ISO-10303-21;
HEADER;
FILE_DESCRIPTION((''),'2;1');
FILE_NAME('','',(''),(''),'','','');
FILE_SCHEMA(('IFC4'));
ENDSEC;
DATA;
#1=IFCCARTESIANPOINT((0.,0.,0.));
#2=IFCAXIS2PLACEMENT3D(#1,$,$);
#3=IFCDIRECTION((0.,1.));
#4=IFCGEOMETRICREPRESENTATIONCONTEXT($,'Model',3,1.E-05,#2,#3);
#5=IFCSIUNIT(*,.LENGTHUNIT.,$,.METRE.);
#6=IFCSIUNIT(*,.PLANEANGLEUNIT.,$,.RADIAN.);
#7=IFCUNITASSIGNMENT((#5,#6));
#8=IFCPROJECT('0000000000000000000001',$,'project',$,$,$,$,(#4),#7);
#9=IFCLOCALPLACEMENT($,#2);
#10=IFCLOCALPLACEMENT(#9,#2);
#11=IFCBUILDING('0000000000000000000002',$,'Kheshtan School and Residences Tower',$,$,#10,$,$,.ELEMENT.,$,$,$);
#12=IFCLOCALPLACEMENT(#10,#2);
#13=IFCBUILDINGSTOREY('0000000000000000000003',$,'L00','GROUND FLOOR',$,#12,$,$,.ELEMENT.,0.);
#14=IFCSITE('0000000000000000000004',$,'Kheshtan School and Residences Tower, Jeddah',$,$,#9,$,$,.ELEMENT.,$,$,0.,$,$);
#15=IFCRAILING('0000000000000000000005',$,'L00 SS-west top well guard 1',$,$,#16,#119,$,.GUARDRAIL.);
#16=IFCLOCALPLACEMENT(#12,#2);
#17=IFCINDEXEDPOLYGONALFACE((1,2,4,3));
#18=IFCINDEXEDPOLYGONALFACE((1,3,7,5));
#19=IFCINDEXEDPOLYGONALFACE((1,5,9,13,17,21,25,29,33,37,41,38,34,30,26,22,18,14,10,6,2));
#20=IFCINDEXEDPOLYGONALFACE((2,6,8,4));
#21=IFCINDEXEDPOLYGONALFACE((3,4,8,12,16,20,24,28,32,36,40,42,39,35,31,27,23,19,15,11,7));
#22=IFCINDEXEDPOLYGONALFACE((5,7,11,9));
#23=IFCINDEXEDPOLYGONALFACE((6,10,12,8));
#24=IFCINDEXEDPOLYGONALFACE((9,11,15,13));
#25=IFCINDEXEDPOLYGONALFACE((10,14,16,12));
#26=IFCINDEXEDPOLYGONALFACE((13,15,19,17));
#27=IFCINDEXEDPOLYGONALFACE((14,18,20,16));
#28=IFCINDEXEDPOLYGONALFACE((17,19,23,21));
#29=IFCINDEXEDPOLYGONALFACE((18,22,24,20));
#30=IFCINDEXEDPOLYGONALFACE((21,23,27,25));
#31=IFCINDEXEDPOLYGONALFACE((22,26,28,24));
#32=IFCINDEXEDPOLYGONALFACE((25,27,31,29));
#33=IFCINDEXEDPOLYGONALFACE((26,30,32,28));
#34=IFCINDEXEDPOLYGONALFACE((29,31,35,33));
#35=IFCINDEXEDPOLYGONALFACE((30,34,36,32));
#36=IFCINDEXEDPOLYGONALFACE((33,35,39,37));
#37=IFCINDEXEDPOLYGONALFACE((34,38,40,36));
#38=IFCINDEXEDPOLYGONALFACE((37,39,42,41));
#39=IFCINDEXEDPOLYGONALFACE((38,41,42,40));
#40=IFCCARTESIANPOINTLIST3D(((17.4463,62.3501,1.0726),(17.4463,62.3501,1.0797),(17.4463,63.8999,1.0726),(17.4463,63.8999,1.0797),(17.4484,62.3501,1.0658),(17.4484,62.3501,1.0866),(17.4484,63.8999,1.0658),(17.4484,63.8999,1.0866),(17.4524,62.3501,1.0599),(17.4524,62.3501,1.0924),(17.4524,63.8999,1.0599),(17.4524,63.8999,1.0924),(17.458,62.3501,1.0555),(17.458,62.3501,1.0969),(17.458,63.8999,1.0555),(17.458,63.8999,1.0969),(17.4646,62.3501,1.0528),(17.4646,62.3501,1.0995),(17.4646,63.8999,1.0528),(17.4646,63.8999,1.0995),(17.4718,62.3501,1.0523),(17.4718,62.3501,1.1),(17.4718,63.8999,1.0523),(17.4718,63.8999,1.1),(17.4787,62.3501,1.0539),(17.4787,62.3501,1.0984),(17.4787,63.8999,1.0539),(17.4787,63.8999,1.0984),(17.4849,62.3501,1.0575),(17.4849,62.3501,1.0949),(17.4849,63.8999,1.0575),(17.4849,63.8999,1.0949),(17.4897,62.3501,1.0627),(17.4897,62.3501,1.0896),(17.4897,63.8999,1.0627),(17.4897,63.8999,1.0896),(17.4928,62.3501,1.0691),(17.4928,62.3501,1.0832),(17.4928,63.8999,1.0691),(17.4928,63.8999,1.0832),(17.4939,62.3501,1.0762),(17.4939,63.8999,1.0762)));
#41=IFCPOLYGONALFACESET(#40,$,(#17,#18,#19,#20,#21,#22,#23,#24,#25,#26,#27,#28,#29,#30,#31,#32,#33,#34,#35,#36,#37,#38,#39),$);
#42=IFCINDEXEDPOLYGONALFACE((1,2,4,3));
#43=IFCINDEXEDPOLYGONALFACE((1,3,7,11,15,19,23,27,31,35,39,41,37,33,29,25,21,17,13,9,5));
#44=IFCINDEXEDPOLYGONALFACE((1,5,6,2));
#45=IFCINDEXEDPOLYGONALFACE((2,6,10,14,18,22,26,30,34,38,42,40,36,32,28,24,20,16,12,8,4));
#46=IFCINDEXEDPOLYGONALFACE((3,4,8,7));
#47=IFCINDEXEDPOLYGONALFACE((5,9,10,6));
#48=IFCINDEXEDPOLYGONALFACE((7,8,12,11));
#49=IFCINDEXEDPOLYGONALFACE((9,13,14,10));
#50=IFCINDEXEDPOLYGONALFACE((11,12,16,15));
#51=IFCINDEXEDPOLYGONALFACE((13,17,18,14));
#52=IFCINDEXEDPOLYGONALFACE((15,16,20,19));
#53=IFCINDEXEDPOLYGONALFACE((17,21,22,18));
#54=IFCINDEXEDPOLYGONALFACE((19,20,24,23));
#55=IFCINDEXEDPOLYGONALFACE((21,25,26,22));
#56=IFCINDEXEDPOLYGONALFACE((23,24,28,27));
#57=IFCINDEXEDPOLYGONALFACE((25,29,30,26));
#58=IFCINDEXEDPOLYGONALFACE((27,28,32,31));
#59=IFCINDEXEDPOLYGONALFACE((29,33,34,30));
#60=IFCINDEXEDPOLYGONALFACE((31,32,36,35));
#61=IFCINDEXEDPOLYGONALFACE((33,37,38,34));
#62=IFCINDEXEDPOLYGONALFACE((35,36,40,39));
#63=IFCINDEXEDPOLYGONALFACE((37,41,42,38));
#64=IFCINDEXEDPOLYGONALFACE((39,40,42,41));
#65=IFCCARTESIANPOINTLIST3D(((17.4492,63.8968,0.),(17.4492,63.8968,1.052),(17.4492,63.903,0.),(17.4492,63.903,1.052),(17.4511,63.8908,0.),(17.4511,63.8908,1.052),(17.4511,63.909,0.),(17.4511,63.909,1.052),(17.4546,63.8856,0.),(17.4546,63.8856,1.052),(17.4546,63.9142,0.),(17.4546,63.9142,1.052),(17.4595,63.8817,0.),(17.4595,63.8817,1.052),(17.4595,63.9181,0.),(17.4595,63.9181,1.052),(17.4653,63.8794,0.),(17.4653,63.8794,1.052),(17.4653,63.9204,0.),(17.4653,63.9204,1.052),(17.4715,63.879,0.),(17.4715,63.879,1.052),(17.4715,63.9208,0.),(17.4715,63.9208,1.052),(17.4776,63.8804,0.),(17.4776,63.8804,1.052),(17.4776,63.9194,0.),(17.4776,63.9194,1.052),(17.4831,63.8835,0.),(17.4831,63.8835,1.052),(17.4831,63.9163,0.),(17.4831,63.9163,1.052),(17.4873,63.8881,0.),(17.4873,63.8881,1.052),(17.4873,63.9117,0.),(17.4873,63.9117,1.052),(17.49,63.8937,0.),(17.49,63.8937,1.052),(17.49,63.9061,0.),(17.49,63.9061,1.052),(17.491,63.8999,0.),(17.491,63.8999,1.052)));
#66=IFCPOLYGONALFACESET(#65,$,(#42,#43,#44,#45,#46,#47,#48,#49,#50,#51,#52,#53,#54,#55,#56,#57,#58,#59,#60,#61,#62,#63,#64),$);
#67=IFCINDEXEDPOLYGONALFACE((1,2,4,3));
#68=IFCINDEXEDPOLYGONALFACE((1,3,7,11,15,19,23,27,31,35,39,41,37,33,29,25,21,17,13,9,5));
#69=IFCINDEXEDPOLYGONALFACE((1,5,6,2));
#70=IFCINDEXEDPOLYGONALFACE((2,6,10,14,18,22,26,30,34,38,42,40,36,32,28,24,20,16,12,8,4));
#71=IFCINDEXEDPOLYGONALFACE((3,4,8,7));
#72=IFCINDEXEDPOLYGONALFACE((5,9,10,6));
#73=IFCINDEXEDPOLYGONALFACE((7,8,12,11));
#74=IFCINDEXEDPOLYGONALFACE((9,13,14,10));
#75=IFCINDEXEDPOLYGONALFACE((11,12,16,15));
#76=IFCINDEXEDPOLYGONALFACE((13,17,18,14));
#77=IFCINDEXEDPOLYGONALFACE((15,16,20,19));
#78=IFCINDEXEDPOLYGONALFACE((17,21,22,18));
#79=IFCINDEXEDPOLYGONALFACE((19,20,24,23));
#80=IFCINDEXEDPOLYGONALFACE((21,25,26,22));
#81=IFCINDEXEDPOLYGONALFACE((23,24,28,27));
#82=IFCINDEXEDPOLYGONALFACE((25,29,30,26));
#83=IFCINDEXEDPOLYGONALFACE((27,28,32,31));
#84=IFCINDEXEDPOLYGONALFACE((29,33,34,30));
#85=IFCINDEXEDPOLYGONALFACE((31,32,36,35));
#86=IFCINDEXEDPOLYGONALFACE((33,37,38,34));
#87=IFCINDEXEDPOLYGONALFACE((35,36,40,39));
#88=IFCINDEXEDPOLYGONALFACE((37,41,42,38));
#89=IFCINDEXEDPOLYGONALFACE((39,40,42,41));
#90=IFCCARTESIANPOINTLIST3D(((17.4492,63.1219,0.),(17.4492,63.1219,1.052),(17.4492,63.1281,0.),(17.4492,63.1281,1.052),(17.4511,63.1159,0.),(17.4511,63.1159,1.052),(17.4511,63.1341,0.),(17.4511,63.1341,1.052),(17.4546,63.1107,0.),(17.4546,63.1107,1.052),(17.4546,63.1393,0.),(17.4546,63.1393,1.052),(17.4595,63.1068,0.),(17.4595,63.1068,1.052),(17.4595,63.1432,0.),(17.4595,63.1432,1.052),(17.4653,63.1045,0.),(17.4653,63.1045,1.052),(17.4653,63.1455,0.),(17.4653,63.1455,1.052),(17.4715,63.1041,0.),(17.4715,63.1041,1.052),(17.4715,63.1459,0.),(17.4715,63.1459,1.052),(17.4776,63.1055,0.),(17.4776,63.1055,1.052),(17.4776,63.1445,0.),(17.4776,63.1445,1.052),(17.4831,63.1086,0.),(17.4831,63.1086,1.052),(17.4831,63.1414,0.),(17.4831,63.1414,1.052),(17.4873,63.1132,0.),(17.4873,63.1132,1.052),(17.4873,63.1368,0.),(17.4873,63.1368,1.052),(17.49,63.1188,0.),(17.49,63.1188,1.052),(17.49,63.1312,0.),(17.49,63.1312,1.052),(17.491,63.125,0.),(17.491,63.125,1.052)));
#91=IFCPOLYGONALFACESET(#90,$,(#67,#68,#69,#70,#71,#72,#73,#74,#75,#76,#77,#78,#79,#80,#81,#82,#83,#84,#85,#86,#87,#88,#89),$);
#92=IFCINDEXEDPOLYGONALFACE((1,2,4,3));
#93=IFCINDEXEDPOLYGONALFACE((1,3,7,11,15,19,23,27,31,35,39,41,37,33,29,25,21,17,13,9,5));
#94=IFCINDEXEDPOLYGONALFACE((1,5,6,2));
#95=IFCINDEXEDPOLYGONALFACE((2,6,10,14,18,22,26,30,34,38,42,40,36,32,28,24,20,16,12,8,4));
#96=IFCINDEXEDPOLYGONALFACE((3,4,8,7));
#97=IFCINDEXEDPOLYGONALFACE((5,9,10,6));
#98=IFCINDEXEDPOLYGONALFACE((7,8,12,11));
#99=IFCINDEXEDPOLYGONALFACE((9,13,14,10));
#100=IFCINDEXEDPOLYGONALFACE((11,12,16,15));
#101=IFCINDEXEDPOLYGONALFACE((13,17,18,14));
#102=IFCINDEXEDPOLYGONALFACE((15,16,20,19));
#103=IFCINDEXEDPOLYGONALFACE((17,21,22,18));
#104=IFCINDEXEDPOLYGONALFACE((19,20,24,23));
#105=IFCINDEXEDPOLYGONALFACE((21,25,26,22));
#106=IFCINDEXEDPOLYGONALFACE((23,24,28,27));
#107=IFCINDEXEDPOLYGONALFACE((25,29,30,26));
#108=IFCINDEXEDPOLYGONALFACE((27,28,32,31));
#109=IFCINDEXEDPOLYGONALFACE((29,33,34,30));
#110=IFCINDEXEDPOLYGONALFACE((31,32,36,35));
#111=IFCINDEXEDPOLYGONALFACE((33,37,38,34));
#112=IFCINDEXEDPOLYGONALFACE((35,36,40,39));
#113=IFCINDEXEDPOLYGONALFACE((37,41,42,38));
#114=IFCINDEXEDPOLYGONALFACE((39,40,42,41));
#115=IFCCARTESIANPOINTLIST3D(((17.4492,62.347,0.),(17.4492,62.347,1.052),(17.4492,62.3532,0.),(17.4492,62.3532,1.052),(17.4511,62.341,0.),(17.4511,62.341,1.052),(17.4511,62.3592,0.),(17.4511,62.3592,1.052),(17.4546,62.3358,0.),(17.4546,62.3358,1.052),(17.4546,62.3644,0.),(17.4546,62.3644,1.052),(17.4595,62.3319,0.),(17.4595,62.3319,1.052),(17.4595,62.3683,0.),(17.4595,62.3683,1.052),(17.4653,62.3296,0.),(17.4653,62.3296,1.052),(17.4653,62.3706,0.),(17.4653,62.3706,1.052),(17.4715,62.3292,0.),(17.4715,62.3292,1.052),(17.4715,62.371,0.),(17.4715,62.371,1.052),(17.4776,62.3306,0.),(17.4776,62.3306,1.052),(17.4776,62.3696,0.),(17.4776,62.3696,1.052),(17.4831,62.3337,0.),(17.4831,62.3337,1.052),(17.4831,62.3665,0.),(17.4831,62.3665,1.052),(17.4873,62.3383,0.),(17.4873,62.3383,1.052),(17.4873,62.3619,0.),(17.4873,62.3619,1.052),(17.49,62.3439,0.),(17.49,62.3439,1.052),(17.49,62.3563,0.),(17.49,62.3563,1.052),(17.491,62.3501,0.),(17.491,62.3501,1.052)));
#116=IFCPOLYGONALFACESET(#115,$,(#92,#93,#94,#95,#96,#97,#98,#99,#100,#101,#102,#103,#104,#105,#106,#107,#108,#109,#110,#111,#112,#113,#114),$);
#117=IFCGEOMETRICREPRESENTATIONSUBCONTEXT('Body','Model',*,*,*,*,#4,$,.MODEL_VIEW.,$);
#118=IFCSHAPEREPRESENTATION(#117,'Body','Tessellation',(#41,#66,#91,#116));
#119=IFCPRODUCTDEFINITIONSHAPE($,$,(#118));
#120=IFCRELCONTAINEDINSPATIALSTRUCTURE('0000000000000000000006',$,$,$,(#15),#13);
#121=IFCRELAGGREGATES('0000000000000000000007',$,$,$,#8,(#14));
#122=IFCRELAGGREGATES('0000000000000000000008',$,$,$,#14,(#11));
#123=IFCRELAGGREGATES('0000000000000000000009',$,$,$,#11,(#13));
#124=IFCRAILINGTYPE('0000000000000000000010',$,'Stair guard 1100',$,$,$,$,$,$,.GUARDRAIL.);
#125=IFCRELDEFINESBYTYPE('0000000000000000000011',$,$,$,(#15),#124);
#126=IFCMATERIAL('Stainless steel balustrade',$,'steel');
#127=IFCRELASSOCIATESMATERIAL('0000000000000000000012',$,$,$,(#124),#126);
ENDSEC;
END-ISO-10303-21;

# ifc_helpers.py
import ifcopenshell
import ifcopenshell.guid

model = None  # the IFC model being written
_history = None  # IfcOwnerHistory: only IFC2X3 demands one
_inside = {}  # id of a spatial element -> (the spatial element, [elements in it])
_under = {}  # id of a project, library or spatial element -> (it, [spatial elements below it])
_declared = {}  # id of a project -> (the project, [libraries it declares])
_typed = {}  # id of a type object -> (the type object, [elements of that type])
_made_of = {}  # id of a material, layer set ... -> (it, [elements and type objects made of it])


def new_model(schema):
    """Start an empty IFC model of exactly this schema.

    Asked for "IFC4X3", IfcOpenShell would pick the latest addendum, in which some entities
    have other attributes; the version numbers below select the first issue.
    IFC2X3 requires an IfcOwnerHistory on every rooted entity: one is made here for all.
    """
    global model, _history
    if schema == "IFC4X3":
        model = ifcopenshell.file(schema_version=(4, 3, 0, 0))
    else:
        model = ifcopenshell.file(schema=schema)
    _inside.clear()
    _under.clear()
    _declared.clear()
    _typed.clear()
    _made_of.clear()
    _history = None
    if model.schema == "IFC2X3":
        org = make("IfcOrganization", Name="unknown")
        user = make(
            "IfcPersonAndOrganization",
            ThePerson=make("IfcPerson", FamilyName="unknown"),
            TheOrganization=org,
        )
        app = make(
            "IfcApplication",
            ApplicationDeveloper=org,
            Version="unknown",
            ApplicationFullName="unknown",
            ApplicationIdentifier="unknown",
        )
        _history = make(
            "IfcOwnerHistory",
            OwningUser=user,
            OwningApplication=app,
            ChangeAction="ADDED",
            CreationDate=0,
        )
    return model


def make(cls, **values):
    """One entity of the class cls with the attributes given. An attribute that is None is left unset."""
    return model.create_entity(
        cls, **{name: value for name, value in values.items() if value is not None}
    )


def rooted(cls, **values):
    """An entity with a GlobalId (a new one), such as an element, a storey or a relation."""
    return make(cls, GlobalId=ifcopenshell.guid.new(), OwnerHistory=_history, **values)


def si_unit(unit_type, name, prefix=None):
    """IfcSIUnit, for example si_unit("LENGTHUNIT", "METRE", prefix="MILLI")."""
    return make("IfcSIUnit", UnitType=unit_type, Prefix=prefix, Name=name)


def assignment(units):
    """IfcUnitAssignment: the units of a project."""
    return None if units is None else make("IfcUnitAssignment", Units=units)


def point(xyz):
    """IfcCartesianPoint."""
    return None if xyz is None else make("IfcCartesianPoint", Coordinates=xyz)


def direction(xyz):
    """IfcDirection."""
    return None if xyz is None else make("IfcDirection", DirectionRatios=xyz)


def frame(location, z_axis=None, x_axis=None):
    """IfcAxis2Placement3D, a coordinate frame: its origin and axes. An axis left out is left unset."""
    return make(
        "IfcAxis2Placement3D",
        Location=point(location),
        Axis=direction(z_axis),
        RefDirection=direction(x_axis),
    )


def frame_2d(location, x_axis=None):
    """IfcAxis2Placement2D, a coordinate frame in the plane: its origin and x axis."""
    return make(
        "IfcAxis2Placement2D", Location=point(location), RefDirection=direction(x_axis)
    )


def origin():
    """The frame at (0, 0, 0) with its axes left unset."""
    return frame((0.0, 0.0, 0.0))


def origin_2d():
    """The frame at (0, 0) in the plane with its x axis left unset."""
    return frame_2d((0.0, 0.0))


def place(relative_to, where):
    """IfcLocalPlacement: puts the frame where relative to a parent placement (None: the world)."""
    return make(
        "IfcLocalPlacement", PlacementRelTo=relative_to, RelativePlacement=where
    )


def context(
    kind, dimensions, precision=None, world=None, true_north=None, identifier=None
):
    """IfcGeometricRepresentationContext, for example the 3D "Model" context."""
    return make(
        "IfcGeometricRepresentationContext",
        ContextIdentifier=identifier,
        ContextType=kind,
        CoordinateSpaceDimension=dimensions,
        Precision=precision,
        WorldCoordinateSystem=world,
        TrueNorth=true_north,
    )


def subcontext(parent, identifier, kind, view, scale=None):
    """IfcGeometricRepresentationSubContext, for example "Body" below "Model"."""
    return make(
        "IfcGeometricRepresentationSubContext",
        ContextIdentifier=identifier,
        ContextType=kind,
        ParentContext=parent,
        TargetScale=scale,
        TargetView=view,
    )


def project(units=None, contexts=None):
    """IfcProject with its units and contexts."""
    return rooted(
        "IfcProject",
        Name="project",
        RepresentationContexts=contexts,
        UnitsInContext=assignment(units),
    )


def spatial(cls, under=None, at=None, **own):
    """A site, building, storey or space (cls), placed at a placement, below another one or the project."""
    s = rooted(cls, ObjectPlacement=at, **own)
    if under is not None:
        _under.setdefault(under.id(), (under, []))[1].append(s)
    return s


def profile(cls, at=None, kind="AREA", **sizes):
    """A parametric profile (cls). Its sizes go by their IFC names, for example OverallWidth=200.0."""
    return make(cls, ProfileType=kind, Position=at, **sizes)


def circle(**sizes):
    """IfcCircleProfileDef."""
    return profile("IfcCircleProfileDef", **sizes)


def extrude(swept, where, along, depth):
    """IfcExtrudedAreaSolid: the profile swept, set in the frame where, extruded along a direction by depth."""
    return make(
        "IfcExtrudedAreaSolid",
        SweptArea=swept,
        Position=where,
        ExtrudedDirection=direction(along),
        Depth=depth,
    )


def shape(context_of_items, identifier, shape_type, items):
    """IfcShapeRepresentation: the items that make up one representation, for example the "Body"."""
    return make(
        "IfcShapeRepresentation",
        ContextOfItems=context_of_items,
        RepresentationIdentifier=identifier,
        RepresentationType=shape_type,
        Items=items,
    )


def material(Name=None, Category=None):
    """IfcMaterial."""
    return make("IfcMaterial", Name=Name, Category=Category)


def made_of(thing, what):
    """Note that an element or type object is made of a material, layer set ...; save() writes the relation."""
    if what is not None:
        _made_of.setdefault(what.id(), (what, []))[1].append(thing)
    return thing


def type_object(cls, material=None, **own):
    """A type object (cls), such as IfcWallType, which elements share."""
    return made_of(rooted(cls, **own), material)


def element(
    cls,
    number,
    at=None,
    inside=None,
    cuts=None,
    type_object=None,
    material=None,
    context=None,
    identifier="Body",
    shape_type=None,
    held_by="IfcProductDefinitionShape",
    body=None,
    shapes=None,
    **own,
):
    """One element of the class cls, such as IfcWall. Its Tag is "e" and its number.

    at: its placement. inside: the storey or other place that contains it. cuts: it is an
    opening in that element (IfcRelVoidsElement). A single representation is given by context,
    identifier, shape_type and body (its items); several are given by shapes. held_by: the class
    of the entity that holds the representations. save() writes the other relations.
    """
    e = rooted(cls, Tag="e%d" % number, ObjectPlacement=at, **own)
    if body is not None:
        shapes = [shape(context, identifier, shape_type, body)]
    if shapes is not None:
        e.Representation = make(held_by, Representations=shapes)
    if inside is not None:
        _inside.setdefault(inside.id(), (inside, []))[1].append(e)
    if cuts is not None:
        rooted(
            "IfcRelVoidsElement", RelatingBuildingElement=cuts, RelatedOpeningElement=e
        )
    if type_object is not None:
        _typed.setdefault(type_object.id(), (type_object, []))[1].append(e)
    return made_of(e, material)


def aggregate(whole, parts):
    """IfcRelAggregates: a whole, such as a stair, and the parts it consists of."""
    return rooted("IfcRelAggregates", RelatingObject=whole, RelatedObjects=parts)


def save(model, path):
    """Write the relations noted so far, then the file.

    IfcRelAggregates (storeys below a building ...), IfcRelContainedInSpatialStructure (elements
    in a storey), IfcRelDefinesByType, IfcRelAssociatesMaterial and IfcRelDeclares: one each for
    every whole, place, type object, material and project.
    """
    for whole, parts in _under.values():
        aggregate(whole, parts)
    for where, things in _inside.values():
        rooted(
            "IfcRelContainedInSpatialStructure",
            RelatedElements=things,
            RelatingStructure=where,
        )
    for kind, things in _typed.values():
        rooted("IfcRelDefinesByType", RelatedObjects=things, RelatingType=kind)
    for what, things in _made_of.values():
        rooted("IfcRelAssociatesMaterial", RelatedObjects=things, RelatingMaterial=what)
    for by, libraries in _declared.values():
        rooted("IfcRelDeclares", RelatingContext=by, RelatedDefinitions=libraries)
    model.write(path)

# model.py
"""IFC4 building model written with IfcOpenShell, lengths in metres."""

from ifc_helpers import new_model, si_unit, direction, frame, origin, origin_2d, place, context, subcontext, project, spatial, circle, extrude, material, type_object, element, save


model = new_model("IFC4")

# Units and contexts
model_context = context("Model", 3, precision=1e-05, world=origin(), true_north=direction((0.0, 1.0)))
body_context = subcontext(model_context, "Body", "Model", "MODEL_VIEW")
ifc_project = project(units=[si_unit("LENGTHUNIT", "METRE"), si_unit("PLANEANGLEUNIT", "RADIAN")], contexts=[model_context])

# Site, building, storey
site_placement = place(None, origin())
site = spatial("IfcSite", under=ifc_project, at=site_placement, Name="Kheshtan School and Residences Tower, Jeddah", CompositionType="ELEMENT", RefElevation=0.0)
building_placement = place(site_placement, origin())
building = spatial("IfcBuilding", under=site, at=building_placement, Name="Kheshtan School and Residences Tower", CompositionType="ELEMENT")
storey_placement = place(building_placement, origin())
storey = spatial("IfcBuildingStorey", under=building, at=storey_placement, Name="L00", Description="GROUND FLOOR", CompositionType="ELEMENT", Elevation=0.0)

# Railing
ifc_material_1 = material(Name="Stainless steel balustrade", Category="steel")
railing_type = type_object("IfcRailingType", Name="Stair guard 1100", PredefinedType="GUARDRAIL", material=ifc_material_1)
railing_1_placement = place(storey_placement, frame((17.47, 63.8999, 0.0)))
element("IfcRailing", 1, at=railing_1_placement, inside=storey, type_object=railing_type, Name="L00 SS-west top well guard 1", PredefinedType="GUARDRAIL", context=body_context, shape_type="SweptSolid", body=[
    extrude(circle(Radius=0.0239, at=origin_2d()), frame((0.0, 0.0, 1.0762), z_axis=(0.0, -1.0, 0.0), x_axis=(1.0, 0.0, 0.0)), (0.0, 0.0, 1.0), 1.5498),
    extrude(circle(Radius=0.021, at=origin_2d()), origin(), (0.0, 0.0, 1.0), 1.052),
    extrude(circle(Radius=0.021, at=origin_2d()), frame((0.0, -0.7749, 0.0)), (0.0, 0.0, 1.0), 1.052),
    extrude(circle(Radius=0.021, at=origin_2d()), frame((0.0, -1.5498, 0.0)), (0.0, 0.0, 1.0), 1.052),
])

save(model, "model.ifc")
